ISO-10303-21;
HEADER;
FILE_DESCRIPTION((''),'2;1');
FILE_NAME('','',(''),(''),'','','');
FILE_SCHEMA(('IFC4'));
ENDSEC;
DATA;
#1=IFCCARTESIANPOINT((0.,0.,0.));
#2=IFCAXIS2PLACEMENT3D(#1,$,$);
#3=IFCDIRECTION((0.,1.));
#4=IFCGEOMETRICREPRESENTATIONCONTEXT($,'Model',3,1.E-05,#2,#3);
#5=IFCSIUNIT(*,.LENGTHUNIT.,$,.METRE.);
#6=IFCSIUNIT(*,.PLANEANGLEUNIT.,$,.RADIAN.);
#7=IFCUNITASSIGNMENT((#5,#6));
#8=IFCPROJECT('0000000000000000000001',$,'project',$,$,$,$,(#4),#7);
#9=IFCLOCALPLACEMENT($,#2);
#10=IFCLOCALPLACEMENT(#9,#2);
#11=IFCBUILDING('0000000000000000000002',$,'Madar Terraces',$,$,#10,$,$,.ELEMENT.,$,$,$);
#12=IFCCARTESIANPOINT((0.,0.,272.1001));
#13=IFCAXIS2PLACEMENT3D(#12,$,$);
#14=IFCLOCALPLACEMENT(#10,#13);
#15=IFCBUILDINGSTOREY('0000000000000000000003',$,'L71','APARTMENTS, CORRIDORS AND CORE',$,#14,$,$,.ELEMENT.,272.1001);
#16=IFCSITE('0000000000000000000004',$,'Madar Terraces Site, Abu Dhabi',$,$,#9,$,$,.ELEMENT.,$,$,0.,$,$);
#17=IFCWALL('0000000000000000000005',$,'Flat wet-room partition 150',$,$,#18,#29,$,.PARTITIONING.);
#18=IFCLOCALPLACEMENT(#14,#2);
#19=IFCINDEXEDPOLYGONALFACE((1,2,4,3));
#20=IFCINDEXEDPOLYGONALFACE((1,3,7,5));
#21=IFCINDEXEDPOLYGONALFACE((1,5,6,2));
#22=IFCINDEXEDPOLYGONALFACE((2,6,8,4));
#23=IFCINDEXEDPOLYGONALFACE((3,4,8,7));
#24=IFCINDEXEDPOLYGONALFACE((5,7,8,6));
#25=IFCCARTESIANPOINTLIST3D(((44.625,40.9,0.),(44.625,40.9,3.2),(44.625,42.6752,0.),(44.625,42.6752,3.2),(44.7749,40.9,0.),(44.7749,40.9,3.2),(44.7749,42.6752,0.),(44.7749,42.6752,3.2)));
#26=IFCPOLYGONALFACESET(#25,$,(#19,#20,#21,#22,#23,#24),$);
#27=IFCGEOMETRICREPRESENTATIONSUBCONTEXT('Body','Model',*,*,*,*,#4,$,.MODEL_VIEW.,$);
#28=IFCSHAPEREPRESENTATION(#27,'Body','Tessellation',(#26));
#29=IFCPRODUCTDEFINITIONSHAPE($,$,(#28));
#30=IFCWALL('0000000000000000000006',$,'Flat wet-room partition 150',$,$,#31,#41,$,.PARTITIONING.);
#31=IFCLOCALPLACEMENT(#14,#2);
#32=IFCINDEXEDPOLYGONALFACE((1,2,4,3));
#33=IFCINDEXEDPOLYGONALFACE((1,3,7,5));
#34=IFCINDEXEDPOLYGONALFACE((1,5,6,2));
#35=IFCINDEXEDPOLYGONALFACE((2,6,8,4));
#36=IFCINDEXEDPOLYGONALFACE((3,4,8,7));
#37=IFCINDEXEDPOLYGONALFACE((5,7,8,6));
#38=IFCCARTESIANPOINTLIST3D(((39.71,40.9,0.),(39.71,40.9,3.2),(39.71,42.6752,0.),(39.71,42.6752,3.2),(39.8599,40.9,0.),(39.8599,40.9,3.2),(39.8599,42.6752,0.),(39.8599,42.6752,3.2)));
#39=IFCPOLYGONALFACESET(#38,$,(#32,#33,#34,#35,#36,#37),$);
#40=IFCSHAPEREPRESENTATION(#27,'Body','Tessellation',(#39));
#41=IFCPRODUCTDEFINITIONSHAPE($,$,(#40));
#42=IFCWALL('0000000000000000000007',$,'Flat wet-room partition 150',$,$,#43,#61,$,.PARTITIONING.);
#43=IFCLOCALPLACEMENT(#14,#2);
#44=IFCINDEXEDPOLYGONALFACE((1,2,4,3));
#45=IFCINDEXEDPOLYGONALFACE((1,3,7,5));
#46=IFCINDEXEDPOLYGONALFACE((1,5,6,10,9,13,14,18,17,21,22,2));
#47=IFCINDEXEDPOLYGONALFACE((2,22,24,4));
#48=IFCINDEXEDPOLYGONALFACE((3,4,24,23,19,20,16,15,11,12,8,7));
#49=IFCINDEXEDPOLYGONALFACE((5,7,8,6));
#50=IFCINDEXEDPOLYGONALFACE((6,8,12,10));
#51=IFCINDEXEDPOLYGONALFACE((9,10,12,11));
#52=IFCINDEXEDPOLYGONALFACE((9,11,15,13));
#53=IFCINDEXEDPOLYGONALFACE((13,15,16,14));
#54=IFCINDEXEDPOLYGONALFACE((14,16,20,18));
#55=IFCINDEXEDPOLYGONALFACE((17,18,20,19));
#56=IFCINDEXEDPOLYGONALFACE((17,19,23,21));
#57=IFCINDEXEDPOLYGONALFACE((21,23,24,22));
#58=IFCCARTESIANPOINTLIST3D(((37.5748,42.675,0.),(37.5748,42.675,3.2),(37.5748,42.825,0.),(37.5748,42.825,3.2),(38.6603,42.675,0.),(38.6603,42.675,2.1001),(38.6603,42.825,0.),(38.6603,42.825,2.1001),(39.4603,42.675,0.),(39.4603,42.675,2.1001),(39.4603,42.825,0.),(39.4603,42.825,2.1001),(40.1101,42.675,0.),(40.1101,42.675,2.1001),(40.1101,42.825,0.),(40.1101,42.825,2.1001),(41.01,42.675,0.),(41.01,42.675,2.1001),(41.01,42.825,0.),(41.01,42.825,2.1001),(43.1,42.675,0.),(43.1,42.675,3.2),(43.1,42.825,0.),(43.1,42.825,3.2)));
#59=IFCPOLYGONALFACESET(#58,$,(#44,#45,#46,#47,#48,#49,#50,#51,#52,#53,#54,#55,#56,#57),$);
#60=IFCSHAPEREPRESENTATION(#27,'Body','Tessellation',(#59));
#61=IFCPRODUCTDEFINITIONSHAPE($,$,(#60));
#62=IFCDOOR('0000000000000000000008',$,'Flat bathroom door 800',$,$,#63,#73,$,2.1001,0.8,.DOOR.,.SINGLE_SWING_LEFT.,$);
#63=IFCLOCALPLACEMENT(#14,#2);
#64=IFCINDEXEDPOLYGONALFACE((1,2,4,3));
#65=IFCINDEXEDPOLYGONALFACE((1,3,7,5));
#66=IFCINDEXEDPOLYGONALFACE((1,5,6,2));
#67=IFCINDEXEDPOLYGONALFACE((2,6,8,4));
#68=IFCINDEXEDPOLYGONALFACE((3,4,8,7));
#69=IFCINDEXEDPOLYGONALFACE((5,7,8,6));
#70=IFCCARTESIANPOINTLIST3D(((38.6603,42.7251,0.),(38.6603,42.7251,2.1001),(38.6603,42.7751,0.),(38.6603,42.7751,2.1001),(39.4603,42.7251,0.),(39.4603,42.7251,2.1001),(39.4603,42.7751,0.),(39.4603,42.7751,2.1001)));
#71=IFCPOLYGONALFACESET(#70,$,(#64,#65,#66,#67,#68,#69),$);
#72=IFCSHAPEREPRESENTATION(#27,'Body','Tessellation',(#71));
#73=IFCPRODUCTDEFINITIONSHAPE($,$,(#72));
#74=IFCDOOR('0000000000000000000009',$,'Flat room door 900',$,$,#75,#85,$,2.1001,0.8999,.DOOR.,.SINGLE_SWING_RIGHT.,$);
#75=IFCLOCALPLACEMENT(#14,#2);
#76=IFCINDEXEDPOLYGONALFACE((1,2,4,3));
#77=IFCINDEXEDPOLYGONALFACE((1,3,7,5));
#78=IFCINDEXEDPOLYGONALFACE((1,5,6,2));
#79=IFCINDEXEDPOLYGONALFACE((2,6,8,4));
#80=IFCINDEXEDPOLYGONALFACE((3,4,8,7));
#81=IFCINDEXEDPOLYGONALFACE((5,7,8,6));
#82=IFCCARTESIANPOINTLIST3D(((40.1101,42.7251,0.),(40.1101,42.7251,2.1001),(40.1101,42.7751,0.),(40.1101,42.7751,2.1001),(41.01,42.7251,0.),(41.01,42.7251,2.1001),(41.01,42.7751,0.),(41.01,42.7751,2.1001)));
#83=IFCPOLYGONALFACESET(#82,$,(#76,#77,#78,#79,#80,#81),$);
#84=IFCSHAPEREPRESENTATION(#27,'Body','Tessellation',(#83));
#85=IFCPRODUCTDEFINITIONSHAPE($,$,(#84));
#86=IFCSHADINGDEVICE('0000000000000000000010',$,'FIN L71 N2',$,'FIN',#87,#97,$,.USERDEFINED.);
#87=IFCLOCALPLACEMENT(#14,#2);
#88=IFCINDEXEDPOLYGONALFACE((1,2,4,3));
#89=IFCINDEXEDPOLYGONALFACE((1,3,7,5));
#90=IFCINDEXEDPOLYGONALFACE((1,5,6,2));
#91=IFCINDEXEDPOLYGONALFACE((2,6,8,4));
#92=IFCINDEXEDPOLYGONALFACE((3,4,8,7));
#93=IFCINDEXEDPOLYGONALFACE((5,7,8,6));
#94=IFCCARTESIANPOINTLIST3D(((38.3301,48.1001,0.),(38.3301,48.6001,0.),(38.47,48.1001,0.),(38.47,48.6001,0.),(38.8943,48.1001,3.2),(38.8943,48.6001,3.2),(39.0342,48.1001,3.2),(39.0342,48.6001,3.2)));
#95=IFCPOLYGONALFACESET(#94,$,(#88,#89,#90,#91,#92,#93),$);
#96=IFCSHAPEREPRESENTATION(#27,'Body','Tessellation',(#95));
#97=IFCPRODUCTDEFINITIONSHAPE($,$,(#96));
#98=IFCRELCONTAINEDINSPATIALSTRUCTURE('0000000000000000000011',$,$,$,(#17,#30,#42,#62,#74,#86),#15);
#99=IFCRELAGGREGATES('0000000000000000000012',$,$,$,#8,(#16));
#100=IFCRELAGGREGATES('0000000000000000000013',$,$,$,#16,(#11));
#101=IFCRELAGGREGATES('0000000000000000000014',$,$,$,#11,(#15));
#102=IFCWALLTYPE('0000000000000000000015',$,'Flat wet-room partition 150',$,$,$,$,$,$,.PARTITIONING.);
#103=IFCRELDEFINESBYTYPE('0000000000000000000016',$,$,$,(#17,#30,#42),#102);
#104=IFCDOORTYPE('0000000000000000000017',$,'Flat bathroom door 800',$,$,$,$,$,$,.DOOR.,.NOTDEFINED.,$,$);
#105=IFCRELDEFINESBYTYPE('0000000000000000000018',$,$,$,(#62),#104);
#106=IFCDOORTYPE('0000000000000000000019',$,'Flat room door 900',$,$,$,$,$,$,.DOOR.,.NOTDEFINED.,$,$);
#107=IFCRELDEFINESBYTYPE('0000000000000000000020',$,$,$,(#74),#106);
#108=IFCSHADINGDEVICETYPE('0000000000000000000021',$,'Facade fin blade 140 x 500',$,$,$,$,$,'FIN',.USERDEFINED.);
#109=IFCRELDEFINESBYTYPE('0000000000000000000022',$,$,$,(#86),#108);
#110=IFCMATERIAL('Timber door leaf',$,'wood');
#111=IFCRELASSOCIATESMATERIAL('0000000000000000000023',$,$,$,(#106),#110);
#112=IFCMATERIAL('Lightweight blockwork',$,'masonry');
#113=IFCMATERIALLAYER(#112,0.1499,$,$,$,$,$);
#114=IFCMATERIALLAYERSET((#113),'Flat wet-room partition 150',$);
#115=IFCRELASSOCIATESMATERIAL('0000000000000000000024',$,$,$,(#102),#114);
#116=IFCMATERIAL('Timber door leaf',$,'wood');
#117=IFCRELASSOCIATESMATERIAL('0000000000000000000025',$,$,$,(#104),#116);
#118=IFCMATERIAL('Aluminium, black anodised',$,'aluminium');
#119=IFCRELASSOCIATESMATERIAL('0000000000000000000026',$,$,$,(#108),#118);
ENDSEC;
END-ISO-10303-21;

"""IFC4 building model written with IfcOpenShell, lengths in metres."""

from ifc_helpers import new_model, si_unit, direction, frame, frame_2d, origin, place, context, subcontext, project, spatial, polyline, rectangle, outline, extrude, material, layer, layer_set, type_object, element, fill, save


model = new_model("IFC4")

# Units and contexts
model_context = context("Model", 3, precision=1e-05, world=origin(), true_north=direction((0.0, 1.0)))
body_context = subcontext(model_context, "Body", "Model", "MODEL_VIEW")
ifc_project = project(units=[si_unit("LENGTHUNIT", "METRE"), si_unit("PLANEANGLEUNIT", "RADIAN")], contexts=[model_context])

# Site, building, storey
site_placement = place(None, origin())
site = spatial("IfcSite", under=ifc_project, at=site_placement, Name="Madar Terraces Site, Abu Dhabi", CompositionType="ELEMENT", RefElevation=0.0)
building_placement = place(site_placement, origin())
building = spatial("IfcBuilding", under=site, at=building_placement, Name="Madar Terraces", CompositionType="ELEMENT")
storey_placement = place(building_placement, frame((0.0, 0.0, 272.1001)))
storey = spatial("IfcBuildingStorey", under=building, at=storey_placement, Name="L71", Description="APARTMENTS, CORRIDORS AND CORE", CompositionType="ELEMENT", Elevation=272.1001)

# Shared definitions
ifc_material_1 = material(Name="Timber door leaf", Category="wood")
door_type_1 = type_object("IfcDoorType", Name="Flat room door 900", OperationType="NOTDEFINED", PredefinedType="DOOR", material=ifc_material_1)

# Walls
ifc_material_2 = material(Name="Lightweight blockwork", Category="masonry")
ifc_layer_1 = layer(ifc_material_2, 0.1499)
ifc_layer_set_1 = layer_set([ifc_layer_1], Name="Flat wet-room partition 150")
wall_type_1 = type_object("IfcWallType", Name="Flat wet-room partition 150", PredefinedType="PARTITIONING", material=ifc_layer_set_1)
for number, where, z_axis, x_axis, name in (
    (1, (44.7, 40.8999, 0.0), (0.0, 0.0, 1.0), (0.0, 1.0, 0.0), "Flat wet-room partition 150"),
    (2, (39.7849, 40.8999, 0.0), (0.0, 0.0, 1.0), (0.0, 1.0, 0.0), "Flat wet-room partition 150"),
):
    element("IfcWall", number, at=place(storey_placement, frame(where, z_axis=z_axis, x_axis=x_axis)), inside=storey, type_object=wall_type_1, Name=name, PredefinedType="PARTITIONING", context=body_context, shape_type="SweptSolid", body=[
        extrude(rectangle(XDim=1.7751, YDim=0.1499, at=frame_2d((0.8877, 0.0))), origin(), (0.0, 0.0, 1.0), 3.2),
    ])

# Wall, openings, doors
wall_1_placement = place(storey_placement, frame((43.1001, 42.75, 0.0), z_axis=(0.0, 0.0, 1.0), x_axis=(-1.0, 0.0, 0.0)))
wall_1 = element("IfcWall", 3, at=wall_1_placement, inside=storey, type_object=wall_type_1, Name="Flat wet-room partition 150", PredefinedType="PARTITIONING", context=body_context, shape_type="SweptSolid", body=[
    extrude(rectangle(XDim=5.5251, YDim=0.1499, at=frame_2d((2.7627, 0.0))), origin(), (0.0, 0.0, 1.0), 3.2),
])
opening_1_placement = place(wall_1_placement, frame((3.6399, 0.0, 0.0)))
opening_1 = element("IfcOpeningElement", 4, at=opening_1_placement, cuts=wall_1, PredefinedType="OPENING", context=body_context, shape_type="SweptSolid", body=[
    extrude(rectangle(XDim=0.8, YDim=2.1001, at=frame_2d((0.3999, 1.05))), frame((0.0, 0.085, 0.0), z_axis=(0.0, -1.0, 0.0), x_axis=(1.0, 0.0, 0.0)), (0.0, 0.0, 1.0), 0.1699),
])
opening_2_placement = place(wall_1_placement, frame((2.0901, 0.0, 0.0)))
opening_2 = element("IfcOpeningElement", 5, at=opening_2_placement, cuts=wall_1, PredefinedType="OPENING", context=body_context, shape_type="SweptSolid", body=[
    extrude(rectangle(XDim=0.8999, YDim=2.1001, at=frame_2d((0.45, 1.05))), frame((0.0, 0.085, 0.0), z_axis=(0.0, -1.0, 0.0), x_axis=(1.0, 0.0, 0.0)), (0.0, 0.0, 1.0), 0.1699),
])
ifc_material_3 = material(Name="Timber door leaf", Category="wood")
door_type_2 = type_object("IfcDoorType", Name="Flat bathroom door 800", OperationType="NOTDEFINED", PredefinedType="DOOR", material=ifc_material_3)
door_1_placement = place(opening_1_placement, origin())
door_1 = element("IfcDoor", 6, at=door_1_placement, inside=storey, type_object=door_type_2, Name="Flat bathroom door 800", OperationType="SINGLE_SWING_LEFT", OverallHeight=2.1001, OverallWidth=0.8, PredefinedType="DOOR", context=body_context, shape_type="SweptSolid", body=[
    extrude(rectangle(XDim=0.8, YDim=2.1001, at=frame_2d((0.3999, 1.05))), frame((0.0, 0.0249, 0.0), z_axis=(0.0, -1.0, 0.0), x_axis=(1.0, 0.0, 0.0)), (0.0, 0.0, 1.0), 0.05),
])
fill(opening_1, door_1)
door_2_placement = place(opening_2_placement, origin())
door_2 = element("IfcDoor", 7, at=door_2_placement, inside=storey, type_object=door_type_1, Name="Flat room door 900", OperationType="SINGLE_SWING_RIGHT", OverallHeight=2.1001, OverallWidth=0.8999, PredefinedType="DOOR", context=body_context, shape_type="SweptSolid", body=[
    extrude(rectangle(XDim=0.8999, YDim=2.1001, at=frame_2d((0.45, 1.05))), frame((0.0, 0.0249, 0.0), z_axis=(0.0, -1.0, 0.0), x_axis=(1.0, 0.0, 0.0)), (0.0, 0.0, 1.0), 0.05),
])
fill(opening_2, door_2)

# Shading device
ifc_material_4 = material(Name="Aluminium, black anodised", Category="aluminium")
shading_device_type = type_object("IfcShadingDeviceType", Name="Facade fin blade 140 x 500", ElementType="FIN", PredefinedType="USERDEFINED", material=ifc_material_4)
shading_device_placement = place(storey_placement, frame((38.47, 48.3501, 0.0), z_axis=(0.0, 0.0, 1.0), x_axis=(-1.0, 0.0, 0.0)))
element("IfcShadingDevice", 8, at=shading_device_placement, inside=storey, type_object=shading_device_type, Name="FIN L71 N2", ObjectType="FIN", PredefinedType="USERDEFINED", context=body_context, shape_type="SweptSolid", body=[
    extrude(outline(polyline([(0.0, 0.0), (0.1399, 0.0), (-0.4243, 3.2), (-0.5642, 3.2), (0.0, 0.0)])), frame((0.0, 0.25, 0.0), z_axis=(0.0, -1.0, 0.0), x_axis=(1.0, 0.0, 0.0)), (0.0, 0.0, 1.0), 0.5),
])

save(model, "model.ifc")
